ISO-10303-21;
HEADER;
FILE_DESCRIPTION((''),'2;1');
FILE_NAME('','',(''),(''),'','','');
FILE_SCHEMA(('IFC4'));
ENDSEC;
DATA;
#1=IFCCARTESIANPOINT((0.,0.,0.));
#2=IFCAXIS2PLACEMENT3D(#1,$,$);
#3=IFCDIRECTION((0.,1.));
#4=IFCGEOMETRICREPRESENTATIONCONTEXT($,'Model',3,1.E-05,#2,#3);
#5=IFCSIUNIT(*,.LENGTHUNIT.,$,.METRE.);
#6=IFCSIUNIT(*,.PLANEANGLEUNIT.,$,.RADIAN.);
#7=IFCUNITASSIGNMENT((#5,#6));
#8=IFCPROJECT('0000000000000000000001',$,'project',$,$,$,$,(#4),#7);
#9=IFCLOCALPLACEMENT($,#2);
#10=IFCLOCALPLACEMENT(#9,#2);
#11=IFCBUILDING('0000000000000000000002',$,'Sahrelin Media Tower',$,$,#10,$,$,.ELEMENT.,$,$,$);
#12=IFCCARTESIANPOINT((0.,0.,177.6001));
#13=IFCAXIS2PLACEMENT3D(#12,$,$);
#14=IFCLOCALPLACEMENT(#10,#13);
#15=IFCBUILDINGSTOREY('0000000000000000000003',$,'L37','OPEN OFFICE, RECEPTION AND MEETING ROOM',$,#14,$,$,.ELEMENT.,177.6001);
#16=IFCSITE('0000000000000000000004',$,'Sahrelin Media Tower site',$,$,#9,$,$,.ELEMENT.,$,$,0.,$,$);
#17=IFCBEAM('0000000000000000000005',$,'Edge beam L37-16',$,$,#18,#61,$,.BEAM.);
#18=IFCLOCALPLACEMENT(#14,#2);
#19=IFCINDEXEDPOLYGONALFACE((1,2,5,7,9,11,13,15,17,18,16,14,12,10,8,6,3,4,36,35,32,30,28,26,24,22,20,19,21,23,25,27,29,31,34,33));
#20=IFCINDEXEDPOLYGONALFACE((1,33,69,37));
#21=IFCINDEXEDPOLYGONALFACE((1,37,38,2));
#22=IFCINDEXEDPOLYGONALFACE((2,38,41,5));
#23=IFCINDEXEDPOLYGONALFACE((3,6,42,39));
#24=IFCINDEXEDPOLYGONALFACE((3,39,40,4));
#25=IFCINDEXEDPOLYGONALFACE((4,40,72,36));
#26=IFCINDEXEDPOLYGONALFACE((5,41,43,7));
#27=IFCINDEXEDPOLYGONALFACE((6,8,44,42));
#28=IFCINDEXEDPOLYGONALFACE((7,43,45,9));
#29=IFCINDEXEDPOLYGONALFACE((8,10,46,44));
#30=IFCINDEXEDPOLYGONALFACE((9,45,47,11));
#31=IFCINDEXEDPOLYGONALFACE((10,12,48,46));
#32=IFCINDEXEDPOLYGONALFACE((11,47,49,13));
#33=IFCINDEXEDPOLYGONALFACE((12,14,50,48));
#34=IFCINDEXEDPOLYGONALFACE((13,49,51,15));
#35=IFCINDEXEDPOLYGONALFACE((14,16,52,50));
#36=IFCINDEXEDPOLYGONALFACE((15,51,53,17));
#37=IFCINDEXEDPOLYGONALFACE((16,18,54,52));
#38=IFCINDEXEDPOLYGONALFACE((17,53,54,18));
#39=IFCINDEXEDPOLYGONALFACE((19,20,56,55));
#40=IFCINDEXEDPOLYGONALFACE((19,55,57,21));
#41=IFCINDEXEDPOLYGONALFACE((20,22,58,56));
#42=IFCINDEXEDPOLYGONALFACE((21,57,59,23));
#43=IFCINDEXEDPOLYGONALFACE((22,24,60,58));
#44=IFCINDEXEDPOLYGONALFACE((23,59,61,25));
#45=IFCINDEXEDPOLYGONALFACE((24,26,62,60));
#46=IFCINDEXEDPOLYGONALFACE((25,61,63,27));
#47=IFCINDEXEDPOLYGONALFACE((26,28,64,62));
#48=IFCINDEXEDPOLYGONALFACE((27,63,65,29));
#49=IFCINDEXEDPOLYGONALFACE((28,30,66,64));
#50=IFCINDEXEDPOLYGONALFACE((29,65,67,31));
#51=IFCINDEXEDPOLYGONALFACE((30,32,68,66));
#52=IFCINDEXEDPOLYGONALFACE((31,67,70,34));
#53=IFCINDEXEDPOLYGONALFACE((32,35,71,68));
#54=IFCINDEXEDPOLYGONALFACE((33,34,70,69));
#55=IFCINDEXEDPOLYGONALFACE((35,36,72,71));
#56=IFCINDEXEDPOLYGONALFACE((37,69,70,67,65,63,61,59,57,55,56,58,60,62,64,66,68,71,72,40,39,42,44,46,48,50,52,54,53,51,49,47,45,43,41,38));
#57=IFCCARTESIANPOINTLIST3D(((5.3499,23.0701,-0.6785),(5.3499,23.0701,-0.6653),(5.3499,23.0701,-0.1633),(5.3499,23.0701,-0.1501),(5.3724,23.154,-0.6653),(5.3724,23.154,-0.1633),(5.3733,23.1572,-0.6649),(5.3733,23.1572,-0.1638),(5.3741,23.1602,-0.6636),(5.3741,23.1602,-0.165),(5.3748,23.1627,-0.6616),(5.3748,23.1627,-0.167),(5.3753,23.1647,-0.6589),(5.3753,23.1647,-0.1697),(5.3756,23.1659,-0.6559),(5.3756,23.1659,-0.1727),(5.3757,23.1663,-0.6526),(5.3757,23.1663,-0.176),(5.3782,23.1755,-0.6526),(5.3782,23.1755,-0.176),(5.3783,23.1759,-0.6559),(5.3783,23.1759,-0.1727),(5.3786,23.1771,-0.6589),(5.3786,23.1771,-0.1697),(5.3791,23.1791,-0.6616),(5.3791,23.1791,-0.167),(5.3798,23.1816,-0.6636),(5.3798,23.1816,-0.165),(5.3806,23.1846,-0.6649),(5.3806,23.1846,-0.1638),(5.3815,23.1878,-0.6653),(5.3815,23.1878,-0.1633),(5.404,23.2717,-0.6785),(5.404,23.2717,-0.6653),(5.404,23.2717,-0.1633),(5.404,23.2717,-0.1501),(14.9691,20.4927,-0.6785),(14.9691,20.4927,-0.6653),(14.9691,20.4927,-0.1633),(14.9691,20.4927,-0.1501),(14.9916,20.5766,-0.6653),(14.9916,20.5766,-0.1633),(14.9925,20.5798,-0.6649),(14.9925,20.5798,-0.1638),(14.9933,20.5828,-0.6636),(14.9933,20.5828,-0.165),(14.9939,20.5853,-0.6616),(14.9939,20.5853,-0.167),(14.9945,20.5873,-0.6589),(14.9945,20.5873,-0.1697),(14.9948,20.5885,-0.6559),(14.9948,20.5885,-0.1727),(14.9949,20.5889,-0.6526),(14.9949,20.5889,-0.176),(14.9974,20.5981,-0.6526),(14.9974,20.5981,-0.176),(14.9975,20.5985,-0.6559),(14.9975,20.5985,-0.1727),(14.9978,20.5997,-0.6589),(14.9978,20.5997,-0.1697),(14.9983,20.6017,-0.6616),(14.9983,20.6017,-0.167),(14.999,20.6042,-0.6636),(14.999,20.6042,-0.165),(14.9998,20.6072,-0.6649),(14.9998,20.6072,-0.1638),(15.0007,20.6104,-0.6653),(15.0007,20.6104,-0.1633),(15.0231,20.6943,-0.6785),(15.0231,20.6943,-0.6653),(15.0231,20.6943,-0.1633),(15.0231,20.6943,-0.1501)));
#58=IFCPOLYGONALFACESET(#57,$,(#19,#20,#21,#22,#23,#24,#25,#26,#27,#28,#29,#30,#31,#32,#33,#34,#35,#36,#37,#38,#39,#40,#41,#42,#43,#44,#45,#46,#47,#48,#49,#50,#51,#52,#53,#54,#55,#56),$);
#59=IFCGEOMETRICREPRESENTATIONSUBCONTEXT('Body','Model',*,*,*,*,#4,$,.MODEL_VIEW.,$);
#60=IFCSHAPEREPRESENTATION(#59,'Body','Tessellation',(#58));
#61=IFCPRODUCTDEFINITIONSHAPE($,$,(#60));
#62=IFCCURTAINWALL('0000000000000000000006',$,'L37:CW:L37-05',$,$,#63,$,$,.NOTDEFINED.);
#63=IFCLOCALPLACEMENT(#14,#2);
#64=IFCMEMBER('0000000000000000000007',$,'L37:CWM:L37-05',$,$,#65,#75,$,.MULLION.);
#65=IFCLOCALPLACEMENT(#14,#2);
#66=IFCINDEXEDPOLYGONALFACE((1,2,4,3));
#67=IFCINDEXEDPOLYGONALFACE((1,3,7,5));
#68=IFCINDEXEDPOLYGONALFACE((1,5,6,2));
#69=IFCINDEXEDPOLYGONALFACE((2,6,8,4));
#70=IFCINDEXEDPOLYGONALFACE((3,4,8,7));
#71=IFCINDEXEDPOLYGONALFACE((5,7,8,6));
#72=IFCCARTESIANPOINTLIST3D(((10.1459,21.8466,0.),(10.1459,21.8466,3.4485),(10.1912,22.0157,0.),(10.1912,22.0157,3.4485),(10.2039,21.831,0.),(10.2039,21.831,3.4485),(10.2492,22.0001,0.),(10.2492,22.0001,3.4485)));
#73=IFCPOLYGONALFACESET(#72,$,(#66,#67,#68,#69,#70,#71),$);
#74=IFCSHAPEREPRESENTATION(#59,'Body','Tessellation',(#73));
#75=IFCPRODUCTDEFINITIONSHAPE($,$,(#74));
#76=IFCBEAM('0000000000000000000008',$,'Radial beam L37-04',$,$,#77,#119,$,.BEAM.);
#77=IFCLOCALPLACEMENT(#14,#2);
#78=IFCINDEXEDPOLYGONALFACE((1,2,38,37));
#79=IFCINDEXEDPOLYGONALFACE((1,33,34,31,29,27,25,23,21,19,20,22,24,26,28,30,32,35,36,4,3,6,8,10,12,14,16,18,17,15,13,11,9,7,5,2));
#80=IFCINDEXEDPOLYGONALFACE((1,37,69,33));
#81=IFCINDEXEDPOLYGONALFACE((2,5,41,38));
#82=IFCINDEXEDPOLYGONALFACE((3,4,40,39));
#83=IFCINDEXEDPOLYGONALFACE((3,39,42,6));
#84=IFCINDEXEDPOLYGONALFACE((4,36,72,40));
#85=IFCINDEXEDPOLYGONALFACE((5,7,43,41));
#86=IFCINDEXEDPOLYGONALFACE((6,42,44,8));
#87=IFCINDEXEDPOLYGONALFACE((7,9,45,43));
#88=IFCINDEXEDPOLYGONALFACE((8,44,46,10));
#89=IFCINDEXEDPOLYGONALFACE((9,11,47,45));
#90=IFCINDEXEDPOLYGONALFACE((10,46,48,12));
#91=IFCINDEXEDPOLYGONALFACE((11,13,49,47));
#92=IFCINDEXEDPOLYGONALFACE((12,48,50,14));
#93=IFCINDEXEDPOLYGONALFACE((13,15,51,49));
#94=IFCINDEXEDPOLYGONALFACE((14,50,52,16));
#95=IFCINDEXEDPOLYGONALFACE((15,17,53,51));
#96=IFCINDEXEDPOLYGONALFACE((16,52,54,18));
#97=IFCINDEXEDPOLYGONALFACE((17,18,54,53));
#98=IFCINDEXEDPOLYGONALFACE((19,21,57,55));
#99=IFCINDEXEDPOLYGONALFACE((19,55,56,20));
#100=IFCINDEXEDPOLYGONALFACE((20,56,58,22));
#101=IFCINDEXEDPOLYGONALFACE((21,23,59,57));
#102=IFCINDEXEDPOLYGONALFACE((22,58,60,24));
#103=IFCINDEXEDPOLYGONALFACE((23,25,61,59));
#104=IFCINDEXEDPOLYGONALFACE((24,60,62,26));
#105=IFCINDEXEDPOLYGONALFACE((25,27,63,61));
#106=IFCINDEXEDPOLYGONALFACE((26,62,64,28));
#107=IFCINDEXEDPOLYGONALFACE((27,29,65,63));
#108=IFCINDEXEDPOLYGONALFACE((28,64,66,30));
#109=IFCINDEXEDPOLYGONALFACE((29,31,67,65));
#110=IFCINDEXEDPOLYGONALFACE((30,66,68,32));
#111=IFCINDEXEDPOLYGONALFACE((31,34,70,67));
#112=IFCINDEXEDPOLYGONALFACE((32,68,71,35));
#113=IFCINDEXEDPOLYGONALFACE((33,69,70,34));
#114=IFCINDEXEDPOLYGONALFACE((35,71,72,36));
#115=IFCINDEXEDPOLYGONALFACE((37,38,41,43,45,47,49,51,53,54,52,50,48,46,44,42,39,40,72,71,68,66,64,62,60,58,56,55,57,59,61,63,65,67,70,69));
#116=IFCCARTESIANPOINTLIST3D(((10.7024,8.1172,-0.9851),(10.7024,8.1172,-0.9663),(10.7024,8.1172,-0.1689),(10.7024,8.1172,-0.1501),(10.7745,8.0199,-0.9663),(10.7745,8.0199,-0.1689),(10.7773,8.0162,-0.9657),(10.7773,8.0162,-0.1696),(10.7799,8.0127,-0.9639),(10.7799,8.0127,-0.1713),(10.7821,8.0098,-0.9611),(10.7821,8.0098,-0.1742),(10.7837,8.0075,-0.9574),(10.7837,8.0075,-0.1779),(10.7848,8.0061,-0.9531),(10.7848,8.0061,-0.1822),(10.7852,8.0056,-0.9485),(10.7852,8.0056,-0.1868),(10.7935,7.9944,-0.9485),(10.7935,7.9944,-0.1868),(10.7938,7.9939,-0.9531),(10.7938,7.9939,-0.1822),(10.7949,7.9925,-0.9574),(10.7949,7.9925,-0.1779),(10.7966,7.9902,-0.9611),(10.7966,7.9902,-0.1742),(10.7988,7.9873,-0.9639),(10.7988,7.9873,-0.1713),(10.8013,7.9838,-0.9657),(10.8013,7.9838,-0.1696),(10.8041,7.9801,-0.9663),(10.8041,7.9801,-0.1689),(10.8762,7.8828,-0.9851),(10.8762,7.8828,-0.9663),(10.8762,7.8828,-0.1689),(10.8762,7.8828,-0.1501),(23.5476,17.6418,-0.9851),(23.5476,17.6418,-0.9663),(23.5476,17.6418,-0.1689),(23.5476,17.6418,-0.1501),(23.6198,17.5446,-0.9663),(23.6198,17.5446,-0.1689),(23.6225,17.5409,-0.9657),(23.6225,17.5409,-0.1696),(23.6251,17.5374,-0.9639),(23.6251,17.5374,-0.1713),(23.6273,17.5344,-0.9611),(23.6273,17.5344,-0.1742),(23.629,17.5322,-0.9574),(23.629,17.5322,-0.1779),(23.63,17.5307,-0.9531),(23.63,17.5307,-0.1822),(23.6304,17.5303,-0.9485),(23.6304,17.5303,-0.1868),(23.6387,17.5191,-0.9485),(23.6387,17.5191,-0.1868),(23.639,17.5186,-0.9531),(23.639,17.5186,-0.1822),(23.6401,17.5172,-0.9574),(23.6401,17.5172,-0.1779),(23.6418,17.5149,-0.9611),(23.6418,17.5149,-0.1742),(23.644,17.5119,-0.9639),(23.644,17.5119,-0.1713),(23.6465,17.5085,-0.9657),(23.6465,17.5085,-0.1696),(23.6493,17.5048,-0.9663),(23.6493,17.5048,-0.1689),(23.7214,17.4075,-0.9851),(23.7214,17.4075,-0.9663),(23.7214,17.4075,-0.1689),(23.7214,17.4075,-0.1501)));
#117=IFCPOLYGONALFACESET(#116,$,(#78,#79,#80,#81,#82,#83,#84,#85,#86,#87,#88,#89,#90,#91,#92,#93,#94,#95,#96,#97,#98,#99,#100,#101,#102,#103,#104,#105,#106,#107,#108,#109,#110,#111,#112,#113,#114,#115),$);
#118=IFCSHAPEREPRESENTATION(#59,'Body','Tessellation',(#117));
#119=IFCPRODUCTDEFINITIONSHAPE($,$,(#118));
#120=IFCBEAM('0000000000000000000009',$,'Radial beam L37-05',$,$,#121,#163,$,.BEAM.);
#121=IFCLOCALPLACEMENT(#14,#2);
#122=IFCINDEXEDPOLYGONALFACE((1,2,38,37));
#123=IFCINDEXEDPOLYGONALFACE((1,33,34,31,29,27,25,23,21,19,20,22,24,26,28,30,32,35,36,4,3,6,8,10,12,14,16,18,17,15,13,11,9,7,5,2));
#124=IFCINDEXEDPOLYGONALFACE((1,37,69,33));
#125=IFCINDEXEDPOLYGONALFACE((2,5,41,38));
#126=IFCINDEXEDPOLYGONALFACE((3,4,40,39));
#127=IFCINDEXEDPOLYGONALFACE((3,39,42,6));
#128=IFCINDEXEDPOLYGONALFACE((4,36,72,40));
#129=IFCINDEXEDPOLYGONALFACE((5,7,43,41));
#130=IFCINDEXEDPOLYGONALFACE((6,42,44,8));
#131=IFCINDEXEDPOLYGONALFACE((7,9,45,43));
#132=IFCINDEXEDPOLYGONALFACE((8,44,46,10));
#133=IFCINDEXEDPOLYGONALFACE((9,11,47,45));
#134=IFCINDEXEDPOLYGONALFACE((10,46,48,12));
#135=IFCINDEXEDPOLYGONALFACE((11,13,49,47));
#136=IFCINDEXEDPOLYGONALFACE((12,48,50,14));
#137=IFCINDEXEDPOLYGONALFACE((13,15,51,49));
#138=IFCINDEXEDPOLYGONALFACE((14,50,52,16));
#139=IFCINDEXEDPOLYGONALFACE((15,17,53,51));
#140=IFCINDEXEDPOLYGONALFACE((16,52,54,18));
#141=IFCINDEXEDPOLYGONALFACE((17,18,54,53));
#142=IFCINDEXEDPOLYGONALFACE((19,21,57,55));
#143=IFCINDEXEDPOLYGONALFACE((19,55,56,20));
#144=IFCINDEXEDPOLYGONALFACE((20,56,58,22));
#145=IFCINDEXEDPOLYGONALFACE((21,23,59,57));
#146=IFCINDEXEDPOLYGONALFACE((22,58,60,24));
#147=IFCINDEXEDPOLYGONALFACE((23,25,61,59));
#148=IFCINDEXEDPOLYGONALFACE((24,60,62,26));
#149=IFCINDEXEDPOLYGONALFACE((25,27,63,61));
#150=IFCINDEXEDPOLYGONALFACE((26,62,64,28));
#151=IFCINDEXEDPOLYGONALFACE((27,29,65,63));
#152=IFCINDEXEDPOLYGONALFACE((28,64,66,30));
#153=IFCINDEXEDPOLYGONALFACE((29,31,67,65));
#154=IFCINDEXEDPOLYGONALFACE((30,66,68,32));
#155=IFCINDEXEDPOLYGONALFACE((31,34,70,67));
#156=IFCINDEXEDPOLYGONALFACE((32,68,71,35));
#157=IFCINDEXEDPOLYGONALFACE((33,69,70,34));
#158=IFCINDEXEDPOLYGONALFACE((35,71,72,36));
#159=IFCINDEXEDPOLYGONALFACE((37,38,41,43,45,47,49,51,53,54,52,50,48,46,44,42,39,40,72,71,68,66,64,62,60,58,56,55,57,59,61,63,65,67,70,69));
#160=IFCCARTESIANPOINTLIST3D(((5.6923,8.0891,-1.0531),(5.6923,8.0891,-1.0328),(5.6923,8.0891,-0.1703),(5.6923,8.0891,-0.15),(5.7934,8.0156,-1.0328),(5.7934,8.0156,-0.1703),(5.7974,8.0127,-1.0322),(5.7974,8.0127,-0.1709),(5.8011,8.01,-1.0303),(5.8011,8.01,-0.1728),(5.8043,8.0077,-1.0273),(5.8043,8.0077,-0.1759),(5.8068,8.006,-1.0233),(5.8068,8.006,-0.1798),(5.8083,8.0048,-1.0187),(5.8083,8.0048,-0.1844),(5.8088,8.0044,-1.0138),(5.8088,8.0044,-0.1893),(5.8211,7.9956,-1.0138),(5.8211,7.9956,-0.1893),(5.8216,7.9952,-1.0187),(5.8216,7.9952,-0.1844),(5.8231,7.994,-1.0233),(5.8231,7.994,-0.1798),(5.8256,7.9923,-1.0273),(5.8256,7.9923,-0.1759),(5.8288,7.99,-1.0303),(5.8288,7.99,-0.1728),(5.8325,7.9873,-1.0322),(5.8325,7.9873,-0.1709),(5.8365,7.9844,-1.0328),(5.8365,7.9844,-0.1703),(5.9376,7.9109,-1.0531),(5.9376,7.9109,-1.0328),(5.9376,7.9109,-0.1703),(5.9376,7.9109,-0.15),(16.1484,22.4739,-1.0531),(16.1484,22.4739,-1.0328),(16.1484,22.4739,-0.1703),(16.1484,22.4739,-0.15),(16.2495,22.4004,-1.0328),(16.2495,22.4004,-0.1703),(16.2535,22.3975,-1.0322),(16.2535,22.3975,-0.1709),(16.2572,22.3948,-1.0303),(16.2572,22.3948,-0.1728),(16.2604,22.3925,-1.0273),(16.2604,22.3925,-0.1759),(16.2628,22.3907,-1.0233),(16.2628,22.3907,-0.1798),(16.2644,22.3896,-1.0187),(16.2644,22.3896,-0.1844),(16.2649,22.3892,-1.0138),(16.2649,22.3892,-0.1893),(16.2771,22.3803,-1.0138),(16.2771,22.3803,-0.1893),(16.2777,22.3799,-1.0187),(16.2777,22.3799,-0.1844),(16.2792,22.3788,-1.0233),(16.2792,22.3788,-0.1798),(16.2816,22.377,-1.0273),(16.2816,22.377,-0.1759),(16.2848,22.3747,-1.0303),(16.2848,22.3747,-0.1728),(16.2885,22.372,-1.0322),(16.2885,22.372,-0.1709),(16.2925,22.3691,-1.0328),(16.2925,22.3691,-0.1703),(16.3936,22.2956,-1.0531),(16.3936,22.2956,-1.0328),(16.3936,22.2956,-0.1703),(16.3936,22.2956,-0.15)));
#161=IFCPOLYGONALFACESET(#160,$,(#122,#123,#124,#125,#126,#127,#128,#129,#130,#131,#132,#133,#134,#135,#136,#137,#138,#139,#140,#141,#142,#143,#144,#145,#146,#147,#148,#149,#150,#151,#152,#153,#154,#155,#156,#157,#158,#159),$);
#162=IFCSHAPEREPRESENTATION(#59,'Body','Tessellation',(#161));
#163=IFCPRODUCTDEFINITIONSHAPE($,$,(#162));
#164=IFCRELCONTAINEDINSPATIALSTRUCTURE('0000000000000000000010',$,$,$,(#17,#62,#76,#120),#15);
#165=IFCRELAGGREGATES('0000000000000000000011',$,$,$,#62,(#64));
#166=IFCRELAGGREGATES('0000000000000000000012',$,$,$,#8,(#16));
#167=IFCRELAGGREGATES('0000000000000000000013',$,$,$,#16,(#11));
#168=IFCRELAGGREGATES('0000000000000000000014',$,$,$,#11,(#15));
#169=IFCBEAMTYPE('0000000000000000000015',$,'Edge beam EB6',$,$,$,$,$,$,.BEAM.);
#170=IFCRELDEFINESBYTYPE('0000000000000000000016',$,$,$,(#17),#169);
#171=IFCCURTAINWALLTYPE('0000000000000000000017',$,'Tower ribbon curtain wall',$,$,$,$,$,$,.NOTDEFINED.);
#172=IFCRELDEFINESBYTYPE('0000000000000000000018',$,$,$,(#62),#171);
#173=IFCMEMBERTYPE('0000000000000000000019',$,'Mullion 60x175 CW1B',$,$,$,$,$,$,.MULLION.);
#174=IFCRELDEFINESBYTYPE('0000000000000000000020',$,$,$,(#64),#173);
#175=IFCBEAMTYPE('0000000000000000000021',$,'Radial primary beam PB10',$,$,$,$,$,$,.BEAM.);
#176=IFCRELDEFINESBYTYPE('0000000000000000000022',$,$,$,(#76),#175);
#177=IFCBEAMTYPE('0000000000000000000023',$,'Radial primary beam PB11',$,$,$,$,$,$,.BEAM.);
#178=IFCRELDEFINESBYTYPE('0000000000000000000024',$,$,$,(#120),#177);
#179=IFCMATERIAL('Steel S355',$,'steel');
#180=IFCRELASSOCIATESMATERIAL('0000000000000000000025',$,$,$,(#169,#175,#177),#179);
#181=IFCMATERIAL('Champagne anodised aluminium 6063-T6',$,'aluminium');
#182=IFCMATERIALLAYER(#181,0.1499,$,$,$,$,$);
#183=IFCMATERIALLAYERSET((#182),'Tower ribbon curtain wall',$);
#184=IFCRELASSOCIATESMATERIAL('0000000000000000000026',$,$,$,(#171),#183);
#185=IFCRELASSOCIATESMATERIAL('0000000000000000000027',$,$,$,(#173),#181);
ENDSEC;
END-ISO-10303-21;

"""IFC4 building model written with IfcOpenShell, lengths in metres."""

from ifc_helpers import new_model, si_unit, direction, frame, origin, origin_2d, place, context, subcontext, project, spatial, rectangle, i_section, extrude, material, layer, layer_set, material_profile, profile_set, type_object, element, aggregate, save


model = new_model("IFC4")

# Units and contexts
model_context = context("Model", 3, precision=1e-05, world=origin(), true_north=direction((0.0, 1.0)))
body_context = subcontext(model_context, "Body", "Model", "MODEL_VIEW")
ifc_project = project(units=[si_unit("LENGTHUNIT", "METRE"), si_unit("PLANEANGLEUNIT", "RADIAN")], contexts=[model_context])

# Site, building, storey
site_placement = place(None, origin())
site = spatial("IfcSite", under=ifc_project, at=site_placement, Name="Sahrelin Media Tower site", CompositionType="ELEMENT", RefElevation=0.0)
building_placement = place(site_placement, origin())
building = spatial("IfcBuilding", under=site, at=building_placement, Name="Sahrelin Media Tower", CompositionType="ELEMENT")
storey_placement = place(building_placement, frame((0.0, 0.0, 177.6001)))
storey = spatial("IfcBuildingStorey", under=building, at=storey_placement, Name="L37", Description="OPEN OFFICE, RECEPTION AND MEETING ROOM", CompositionType="ELEMENT", Elevation=177.6001)

# Beam
ifc_material_1 = material(Name="Steel S355", Category="steel")
ifc_material_profile_1 = material_profile(ifc_material_1, i_section(OverallWidth=0.2087, OverallDepth=0.5283, WebThickness=0.0095, FlangeThickness=0.0132, FilletRadius=0.0127, at=origin_2d()), Name="UB 533x210x82")
ifc_profile_set_1 = profile_set([ifc_material_profile_1], Name="Steel S355")
beam_type_1 = type_object("IfcBeamType", Name="Edge beam EB6", PredefinedType="BEAM", material=ifc_profile_set_1)
beam_1_placement = place(storey_placement, frame((5.377, 23.1709, -0.4143), z_axis=(0.965927, -0.258815, 0.0), x_axis=(0.258815, 0.965927, 0.0)))
element("IfcBeam", 1, at=beam_1_placement, inside=storey, type_object=beam_type_1, Name="Edge beam L37-16", PredefinedType="BEAM", context=body_context, shape_type="SweptSolid", body=[
    extrude(i_section(OverallWidth=0.2087, OverallDepth=0.5283, WebThickness=0.0095, FlangeThickness=0.0132, FilletRadius=0.0127, at=origin_2d()), origin(), (0.0, 0.0, 1.0), 9.9585),
])

# Curtain wall, member
ifc_material_2 = material(Name="Champagne anodised aluminium 6063-T6", Category="aluminium")
ifc_layer_1 = layer(ifc_material_2, 0.1499)
ifc_layer_set_1 = layer_set([ifc_layer_1], Name="Tower ribbon curtain wall")
curtain_wall_type = type_object("IfcCurtainWallType", Name="Tower ribbon curtain wall", PredefinedType="NOTDEFINED", material=ifc_layer_set_1)
curtain_wall_1_placement = place(storey_placement, frame((10.2251, 22.0271, 0.0), z_axis=(0.0, 0.0, 1.0), x_axis=(1.0, 0.0, 0.0)))
curtain_wall_1 = element("IfcCurtainWall", 2, at=curtain_wall_1_placement, inside=storey, type_object=curtain_wall_type, Name="L37:CW:L37-05", PredefinedType="NOTDEFINED")
ifc_material_profile_2 = material_profile(ifc_material_2, rectangle(XDim=0.0601, YDim=0.175, at=origin_2d()), Name="Mullion 60x175")
ifc_profile_set_2 = profile_set([ifc_material_profile_2], Name="Champagne anodised aluminium 6063-T6")
member_type_1 = type_object("IfcMemberType", Name="Mullion 60x175 CW1B", PredefinedType="MULLION", material=ifc_profile_set_2)
member_1_placement = place(storey_placement, frame((10.1975, 21.9233, 0.0), z_axis=(0.0, 0.0, 1.0), x_axis=(-0.965928, 0.258812, 0.0)))
member_1 = element("IfcMember", 3, at=member_1_placement, type_object=member_type_1, Name="L37:CWM:L37-05", PredefinedType="MULLION", context=body_context, shape_type="SweptSolid", body=[
    extrude(rectangle(XDim=0.0601, YDim=0.175, at=origin_2d()), origin(), (0.0, 0.0, 1.0), 3.4485),
])

# Beams
ifc_material_profile_3 = material_profile(ifc_material_1, i_section(OverallWidth=0.2917, OverallDepth=0.835, WebThickness=0.0139, FlangeThickness=0.0188, FilletRadius=0.0178, at=origin_2d()), Name="UB 838x292x176")
ifc_profile_set_3 = profile_set([ifc_material_profile_3], Name="Steel S355")
beam_type_2 = type_object("IfcBeamType", Name="Radial primary beam PB10", PredefinedType="BEAM", material=ifc_profile_set_3)
beam_2_placement = place(storey_placement, frame((10.7893, 8.0, -0.5676), z_axis=(0.803267, 0.595619, 0.0), x_axis=(-0.595619, 0.803267, 0.0)))
element("IfcBeam", 4, at=beam_2_placement, inside=storey, type_object=beam_type_2, Name="Radial beam L37-04", PredefinedType="BEAM", context=body_context, shape_type="SweptSolid", body=[
    extrude(i_section(OverallWidth=0.2917, OverallDepth=0.835, WebThickness=0.0139, FlangeThickness=0.0188, FilletRadius=0.0178, at=origin_2d()), origin(), (0.0, 0.0, 1.0), 15.9912),
])
ifc_material_profile_4 = material_profile(ifc_material_1, i_section(OverallWidth=0.3032, OverallDepth=0.9031, WebThickness=0.0151, FlangeThickness=0.0203, FilletRadius=0.019, at=origin_2d()), Name="UB 914x305x201")
ifc_profile_set_4 = profile_set([ifc_material_profile_4], Name="Steel S355")
beam_type_3 = type_object("IfcBeamType", Name="Radial primary beam PB11", PredefinedType="BEAM", material=ifc_profile_set_4)
beam_3_placement = place(storey_placement, frame((5.8149, 8.0, -0.6016), z_axis=(0.587966, 0.808886, 0.0), x_axis=(-0.808886, 0.587966, 0.0)))
element("IfcBeam", 5, at=beam_3_placement, inside=storey, type_object=beam_type_3, Name="Radial beam L37-05", PredefinedType="BEAM", context=body_context, shape_type="SweptSolid", body=[
    extrude(i_section(OverallWidth=0.3032, OverallDepth=0.9031, WebThickness=0.0151, FlangeThickness=0.0203, FilletRadius=0.019, at=origin_2d()), origin(), (0.0, 0.0, 1.0), 17.7834),
])

aggregate(curtain_wall_1, [member_1])

save(model, "model.ifc")
